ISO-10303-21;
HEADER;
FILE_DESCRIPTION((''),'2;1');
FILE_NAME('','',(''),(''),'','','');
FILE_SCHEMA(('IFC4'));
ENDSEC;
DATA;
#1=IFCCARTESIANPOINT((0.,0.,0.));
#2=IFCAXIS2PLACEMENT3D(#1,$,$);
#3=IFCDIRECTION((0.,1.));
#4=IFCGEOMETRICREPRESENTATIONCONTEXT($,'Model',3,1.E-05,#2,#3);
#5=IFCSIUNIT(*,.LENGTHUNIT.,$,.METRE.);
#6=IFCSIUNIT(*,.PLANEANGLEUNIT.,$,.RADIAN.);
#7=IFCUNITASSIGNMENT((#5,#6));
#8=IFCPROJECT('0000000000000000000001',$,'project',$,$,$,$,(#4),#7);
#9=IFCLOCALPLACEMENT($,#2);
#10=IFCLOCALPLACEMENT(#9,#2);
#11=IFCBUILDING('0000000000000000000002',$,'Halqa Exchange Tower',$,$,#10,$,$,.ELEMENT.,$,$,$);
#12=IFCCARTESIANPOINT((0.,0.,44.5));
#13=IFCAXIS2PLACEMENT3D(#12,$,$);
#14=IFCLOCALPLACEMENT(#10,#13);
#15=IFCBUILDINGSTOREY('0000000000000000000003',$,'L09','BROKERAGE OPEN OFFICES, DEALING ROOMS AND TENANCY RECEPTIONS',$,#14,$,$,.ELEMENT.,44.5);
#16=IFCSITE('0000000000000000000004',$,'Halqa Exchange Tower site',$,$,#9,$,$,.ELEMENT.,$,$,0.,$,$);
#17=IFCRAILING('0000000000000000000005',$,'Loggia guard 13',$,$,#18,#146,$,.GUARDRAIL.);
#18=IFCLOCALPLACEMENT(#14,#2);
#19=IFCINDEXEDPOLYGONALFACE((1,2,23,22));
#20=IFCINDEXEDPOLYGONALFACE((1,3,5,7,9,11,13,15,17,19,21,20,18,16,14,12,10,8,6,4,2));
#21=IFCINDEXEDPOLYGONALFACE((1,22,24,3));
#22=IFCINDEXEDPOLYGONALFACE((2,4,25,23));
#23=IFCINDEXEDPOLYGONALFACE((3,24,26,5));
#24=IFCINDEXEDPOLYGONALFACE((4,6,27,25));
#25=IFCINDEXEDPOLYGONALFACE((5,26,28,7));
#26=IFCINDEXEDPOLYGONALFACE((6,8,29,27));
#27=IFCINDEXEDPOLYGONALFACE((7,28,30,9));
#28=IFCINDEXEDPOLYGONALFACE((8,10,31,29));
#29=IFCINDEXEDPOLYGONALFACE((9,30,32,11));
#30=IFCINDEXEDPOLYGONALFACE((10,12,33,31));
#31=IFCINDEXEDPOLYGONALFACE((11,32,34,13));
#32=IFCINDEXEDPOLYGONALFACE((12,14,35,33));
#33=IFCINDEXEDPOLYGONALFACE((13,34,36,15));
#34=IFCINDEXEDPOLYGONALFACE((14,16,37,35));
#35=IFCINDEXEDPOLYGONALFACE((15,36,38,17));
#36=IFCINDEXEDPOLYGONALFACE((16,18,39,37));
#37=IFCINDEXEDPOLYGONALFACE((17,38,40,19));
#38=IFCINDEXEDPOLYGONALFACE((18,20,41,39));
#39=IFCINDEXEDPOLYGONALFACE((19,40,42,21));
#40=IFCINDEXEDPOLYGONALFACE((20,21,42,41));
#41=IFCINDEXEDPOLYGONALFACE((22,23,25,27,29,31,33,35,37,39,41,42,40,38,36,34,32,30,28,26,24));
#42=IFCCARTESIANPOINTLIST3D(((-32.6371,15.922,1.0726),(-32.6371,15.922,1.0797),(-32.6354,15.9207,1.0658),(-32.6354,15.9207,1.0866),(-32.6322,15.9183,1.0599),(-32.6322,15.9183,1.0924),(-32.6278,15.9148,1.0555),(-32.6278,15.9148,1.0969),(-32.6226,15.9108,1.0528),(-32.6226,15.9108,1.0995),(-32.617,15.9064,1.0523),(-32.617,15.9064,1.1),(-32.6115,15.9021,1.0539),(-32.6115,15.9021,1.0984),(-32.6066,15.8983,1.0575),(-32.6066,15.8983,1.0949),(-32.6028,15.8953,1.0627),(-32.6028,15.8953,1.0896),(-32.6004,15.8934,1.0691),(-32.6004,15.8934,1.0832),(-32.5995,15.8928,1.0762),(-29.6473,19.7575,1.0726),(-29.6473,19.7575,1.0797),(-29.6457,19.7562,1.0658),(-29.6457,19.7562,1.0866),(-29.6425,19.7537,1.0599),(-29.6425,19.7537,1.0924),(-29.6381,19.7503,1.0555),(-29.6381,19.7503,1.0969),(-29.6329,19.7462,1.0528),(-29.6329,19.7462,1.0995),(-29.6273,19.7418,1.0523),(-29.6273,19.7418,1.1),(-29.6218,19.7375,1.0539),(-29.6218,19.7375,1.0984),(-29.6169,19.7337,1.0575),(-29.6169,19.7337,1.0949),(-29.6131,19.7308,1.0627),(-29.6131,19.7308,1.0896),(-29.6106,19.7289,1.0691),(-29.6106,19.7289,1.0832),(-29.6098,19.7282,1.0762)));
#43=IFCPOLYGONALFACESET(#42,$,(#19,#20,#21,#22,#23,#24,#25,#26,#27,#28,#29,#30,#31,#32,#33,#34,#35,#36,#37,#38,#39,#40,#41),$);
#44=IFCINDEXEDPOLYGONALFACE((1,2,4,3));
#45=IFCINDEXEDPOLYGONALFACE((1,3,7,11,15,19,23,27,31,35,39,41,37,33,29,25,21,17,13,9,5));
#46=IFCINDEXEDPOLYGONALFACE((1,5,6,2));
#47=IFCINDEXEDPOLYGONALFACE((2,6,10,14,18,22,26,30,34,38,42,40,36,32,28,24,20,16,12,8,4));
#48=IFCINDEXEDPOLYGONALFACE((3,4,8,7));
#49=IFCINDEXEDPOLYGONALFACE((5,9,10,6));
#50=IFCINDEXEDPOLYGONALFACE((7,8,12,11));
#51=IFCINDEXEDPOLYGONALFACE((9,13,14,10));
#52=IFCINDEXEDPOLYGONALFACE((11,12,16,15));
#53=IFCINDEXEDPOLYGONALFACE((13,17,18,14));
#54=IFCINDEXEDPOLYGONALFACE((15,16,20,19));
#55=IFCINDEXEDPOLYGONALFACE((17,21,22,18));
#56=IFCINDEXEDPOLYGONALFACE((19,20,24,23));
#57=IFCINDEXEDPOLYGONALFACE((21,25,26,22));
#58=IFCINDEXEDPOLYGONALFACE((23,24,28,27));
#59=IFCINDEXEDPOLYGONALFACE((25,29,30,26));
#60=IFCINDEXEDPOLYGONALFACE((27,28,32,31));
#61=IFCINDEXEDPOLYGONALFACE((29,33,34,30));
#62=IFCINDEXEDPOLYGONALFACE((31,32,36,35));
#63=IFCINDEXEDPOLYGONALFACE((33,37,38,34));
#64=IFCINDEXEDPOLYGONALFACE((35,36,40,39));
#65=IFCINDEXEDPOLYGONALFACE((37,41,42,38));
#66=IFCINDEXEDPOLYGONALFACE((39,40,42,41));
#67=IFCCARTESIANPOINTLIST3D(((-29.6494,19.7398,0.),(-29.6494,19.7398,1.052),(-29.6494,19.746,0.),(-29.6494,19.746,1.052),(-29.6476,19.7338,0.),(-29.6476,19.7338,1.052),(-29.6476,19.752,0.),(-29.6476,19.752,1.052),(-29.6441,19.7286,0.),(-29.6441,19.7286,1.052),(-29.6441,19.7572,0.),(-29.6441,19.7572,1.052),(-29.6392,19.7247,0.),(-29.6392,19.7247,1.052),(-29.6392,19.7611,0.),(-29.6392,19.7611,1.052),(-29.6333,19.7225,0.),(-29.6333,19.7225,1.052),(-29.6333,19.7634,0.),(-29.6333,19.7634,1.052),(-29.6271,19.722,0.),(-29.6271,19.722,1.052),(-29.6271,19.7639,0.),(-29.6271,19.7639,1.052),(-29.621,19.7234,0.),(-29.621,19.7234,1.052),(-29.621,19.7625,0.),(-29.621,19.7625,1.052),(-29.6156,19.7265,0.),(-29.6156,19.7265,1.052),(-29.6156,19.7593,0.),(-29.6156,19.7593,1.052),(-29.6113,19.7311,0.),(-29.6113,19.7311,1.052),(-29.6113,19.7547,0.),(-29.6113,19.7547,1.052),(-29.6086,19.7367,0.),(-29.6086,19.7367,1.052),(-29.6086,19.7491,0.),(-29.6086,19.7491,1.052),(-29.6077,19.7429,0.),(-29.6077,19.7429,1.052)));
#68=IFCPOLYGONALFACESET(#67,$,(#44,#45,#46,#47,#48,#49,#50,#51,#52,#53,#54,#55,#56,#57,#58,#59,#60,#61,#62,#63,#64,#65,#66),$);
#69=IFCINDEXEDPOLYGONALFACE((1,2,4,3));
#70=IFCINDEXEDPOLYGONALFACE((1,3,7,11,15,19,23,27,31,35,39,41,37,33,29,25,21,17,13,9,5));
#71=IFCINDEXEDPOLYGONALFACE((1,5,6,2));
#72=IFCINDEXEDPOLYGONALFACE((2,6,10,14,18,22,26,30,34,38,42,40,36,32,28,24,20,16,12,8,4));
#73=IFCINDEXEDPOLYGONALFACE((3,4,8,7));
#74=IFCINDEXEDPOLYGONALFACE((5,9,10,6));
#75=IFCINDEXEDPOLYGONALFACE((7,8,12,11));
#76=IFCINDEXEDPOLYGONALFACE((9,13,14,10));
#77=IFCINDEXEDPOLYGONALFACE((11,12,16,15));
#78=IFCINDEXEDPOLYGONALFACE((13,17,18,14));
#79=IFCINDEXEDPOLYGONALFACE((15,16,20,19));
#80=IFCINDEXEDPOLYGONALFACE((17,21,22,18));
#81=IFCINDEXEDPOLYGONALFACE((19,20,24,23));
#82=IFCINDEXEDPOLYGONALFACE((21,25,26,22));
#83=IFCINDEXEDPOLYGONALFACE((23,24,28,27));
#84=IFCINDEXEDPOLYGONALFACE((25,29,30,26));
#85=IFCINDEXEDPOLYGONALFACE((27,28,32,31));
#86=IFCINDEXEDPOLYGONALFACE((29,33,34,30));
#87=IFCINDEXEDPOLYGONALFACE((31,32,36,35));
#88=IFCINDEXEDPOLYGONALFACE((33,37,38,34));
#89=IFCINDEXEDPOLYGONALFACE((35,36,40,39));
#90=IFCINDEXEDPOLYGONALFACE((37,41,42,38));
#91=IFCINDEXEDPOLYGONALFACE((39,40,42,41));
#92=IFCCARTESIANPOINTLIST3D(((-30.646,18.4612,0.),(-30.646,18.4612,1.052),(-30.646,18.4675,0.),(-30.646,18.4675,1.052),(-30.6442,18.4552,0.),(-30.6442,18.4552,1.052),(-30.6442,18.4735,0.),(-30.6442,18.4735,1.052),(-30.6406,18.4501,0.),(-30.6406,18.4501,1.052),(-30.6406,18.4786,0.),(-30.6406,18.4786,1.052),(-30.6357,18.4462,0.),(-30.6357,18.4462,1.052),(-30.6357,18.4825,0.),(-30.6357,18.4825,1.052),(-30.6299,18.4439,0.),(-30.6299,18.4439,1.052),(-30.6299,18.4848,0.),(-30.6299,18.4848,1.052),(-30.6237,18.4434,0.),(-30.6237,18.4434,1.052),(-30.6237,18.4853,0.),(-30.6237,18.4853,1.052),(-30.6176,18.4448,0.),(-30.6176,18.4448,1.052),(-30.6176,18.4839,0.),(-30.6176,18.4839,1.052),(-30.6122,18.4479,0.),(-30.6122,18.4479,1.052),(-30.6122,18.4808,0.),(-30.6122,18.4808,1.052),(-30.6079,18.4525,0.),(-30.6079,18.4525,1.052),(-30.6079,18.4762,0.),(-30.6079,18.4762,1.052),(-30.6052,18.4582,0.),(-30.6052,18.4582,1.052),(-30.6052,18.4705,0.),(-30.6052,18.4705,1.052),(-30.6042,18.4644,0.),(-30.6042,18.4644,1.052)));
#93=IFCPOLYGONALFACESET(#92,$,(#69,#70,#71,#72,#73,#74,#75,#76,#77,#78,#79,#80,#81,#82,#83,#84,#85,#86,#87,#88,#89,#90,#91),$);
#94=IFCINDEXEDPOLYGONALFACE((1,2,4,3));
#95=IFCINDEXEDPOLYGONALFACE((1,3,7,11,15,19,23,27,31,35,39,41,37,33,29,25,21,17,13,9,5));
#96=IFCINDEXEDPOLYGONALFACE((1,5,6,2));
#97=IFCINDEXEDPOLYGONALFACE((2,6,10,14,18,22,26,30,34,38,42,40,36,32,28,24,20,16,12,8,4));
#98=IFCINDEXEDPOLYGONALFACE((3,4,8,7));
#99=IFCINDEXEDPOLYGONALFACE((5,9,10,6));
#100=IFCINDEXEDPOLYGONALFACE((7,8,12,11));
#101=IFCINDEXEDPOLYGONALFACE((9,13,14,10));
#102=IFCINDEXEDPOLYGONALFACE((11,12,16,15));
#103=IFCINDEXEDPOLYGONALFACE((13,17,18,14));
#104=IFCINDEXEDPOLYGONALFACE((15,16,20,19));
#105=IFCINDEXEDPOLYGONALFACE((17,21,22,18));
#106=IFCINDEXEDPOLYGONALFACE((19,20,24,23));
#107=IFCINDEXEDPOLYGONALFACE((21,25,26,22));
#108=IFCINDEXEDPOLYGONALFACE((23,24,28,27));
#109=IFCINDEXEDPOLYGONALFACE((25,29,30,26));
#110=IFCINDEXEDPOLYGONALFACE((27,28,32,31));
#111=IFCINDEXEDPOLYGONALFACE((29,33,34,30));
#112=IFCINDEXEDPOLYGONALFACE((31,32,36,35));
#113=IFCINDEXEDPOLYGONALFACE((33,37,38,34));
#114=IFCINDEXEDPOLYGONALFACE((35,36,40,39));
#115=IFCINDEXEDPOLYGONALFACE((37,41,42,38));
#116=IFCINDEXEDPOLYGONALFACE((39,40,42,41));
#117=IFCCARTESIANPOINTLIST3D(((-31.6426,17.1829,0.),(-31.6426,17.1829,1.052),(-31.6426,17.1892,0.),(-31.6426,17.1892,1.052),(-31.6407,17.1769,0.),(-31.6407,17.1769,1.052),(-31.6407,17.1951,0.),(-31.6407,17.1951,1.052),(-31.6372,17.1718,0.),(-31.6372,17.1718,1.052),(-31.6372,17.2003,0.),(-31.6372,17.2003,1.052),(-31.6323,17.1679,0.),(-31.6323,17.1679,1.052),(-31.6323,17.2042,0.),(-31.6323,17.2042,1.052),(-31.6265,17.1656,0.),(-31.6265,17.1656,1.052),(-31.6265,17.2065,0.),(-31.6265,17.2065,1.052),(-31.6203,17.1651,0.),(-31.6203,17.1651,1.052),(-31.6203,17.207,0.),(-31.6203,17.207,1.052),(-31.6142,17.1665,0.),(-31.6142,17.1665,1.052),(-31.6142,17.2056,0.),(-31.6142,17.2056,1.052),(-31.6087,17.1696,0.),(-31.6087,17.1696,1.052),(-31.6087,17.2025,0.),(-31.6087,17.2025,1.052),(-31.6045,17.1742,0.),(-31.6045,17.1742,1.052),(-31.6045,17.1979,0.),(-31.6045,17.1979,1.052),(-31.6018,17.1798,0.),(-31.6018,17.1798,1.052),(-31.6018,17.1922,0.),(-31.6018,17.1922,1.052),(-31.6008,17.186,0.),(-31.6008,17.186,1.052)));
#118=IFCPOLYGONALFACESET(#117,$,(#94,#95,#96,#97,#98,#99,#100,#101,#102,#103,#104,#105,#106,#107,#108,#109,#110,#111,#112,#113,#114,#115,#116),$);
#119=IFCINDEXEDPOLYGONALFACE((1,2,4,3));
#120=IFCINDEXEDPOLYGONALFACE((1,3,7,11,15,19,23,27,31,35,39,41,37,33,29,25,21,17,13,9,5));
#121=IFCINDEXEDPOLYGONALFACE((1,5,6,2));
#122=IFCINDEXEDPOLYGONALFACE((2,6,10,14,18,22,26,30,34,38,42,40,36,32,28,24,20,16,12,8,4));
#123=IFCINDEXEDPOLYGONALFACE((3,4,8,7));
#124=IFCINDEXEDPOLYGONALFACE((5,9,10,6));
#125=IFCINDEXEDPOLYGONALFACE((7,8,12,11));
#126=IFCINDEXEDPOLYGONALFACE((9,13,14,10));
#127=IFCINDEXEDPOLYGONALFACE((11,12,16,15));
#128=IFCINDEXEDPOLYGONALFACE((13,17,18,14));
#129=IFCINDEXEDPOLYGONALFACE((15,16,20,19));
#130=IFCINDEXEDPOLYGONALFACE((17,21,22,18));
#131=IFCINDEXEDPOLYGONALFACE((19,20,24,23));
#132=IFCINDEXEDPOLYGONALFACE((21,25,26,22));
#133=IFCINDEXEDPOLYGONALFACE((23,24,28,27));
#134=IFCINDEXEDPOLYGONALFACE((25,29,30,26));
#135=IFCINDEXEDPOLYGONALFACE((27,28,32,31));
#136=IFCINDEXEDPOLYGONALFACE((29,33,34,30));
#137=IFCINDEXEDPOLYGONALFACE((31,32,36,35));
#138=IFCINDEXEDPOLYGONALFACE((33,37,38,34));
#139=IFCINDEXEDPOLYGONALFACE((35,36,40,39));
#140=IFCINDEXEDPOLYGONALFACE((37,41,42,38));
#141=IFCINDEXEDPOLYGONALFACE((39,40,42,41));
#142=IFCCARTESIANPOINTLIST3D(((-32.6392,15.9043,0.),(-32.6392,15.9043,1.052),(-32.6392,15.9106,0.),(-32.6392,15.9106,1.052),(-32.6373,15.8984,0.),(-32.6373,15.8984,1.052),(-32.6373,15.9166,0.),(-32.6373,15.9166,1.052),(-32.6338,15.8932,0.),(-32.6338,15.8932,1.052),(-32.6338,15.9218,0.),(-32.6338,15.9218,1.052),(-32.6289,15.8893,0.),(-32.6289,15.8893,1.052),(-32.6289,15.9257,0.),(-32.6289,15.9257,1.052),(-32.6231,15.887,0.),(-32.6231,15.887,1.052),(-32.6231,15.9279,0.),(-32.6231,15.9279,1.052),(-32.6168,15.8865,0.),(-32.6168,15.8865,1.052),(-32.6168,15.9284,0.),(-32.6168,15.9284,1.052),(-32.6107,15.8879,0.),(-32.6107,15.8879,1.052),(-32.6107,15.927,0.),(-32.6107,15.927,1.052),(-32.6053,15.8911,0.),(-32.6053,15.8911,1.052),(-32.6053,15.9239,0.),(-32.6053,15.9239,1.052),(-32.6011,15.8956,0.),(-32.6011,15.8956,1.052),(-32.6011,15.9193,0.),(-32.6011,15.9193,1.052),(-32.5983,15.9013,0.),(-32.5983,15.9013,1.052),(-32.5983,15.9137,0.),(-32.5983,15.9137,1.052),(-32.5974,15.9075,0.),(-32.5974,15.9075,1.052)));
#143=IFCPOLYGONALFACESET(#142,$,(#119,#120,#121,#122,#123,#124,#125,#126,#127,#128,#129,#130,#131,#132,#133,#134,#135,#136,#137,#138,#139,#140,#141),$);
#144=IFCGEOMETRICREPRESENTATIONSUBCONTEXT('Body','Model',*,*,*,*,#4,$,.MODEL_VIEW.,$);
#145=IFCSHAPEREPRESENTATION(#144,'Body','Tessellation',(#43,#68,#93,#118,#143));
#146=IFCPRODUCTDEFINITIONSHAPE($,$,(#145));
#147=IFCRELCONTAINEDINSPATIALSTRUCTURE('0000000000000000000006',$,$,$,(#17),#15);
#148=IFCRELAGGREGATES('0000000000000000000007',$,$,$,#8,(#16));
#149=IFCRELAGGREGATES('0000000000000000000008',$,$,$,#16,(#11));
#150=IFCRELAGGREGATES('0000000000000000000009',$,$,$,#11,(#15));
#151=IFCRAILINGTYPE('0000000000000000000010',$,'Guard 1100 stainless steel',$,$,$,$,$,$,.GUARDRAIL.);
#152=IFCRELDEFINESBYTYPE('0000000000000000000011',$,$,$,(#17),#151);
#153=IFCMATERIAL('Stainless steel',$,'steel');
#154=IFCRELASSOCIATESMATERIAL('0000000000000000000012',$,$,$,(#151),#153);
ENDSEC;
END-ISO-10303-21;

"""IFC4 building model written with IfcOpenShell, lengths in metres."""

from ifc_helpers import new_model, si_unit, direction, frame, origin, origin_2d, place, context, subcontext, project, spatial, circle, extrude, material, type_object, element, save


model = new_model("IFC4")

# Units and contexts
model_context = context("Model", 3, precision=1e-05, world=origin(), true_north=direction((0.0, 1.0)))
body_context = subcontext(model_context, "Body", "Model", "MODEL_VIEW")
ifc_project = project(units=[si_unit("LENGTHUNIT", "METRE"), si_unit("PLANEANGLEUNIT", "RADIAN")], contexts=[model_context])

# Site, building, storey
site_placement = place(None, origin())
site = spatial("IfcSite", under=ifc_project, at=site_placement, Name="Halqa Exchange Tower site", CompositionType="ELEMENT", RefElevation=0.0)
building_placement = place(site_placement, origin())
building = spatial("IfcBuilding", under=site, at=building_placement, Name="Halqa Exchange Tower", CompositionType="ELEMENT")
storey_placement = place(building_placement, frame((0.0, 0.0, 44.5)))
storey = spatial("IfcBuildingStorey", under=building, at=storey_placement, Name="L09", Description="BROKERAGE OPEN OFFICES, DEALING ROOMS AND TENANCY RECEPTIONS", CompositionType="ELEMENT", Elevation=44.5)

# Railing
ifc_material_1 = material(Name="Stainless steel", Category="steel")
railing_type = type_object("IfcRailingType", Name="Guard 1100 stainless steel", PredefinedType="GUARDRAIL", material=ifc_material_1)
railing_1_placement = place(storey_placement, frame((-29.6287, 19.7429, 0.0)))
element("IfcRailing", 1, at=railing_1_placement, inside=storey, type_object=railing_type, Name="Loggia guard 13", PredefinedType="GUARDRAIL", context=body_context, shape_type="SweptSolid", body=[
    extrude(circle(Radius=0.0239, at=origin_2d()), frame((0.0, 0.0, 1.0762), z_axis=(-0.614788, -0.788692, 0.0), x_axis=(0.788692, -0.614788, 0.0)), (0.0, 0.0, 1.0), 4.863),
    extrude(circle(Radius=0.021, at=origin_2d()), origin(), (0.0, 0.0, 1.0), 1.052),
    extrude(circle(Radius=0.021, at=origin_2d()), frame((-0.9966, -1.2786, 0.0)), (0.0, 0.0, 1.0), 1.052),
    extrude(circle(Radius=0.021, at=origin_2d()), frame((-1.9932, -2.5569, 0.0)), (0.0, 0.0, 1.0), 1.052),
    extrude(circle(Radius=0.021, at=origin_2d()), frame((-2.9897, -3.8354, 0.0)), (0.0, 0.0, 1.0), 1.052),
])

save(model, "model.ifc")
